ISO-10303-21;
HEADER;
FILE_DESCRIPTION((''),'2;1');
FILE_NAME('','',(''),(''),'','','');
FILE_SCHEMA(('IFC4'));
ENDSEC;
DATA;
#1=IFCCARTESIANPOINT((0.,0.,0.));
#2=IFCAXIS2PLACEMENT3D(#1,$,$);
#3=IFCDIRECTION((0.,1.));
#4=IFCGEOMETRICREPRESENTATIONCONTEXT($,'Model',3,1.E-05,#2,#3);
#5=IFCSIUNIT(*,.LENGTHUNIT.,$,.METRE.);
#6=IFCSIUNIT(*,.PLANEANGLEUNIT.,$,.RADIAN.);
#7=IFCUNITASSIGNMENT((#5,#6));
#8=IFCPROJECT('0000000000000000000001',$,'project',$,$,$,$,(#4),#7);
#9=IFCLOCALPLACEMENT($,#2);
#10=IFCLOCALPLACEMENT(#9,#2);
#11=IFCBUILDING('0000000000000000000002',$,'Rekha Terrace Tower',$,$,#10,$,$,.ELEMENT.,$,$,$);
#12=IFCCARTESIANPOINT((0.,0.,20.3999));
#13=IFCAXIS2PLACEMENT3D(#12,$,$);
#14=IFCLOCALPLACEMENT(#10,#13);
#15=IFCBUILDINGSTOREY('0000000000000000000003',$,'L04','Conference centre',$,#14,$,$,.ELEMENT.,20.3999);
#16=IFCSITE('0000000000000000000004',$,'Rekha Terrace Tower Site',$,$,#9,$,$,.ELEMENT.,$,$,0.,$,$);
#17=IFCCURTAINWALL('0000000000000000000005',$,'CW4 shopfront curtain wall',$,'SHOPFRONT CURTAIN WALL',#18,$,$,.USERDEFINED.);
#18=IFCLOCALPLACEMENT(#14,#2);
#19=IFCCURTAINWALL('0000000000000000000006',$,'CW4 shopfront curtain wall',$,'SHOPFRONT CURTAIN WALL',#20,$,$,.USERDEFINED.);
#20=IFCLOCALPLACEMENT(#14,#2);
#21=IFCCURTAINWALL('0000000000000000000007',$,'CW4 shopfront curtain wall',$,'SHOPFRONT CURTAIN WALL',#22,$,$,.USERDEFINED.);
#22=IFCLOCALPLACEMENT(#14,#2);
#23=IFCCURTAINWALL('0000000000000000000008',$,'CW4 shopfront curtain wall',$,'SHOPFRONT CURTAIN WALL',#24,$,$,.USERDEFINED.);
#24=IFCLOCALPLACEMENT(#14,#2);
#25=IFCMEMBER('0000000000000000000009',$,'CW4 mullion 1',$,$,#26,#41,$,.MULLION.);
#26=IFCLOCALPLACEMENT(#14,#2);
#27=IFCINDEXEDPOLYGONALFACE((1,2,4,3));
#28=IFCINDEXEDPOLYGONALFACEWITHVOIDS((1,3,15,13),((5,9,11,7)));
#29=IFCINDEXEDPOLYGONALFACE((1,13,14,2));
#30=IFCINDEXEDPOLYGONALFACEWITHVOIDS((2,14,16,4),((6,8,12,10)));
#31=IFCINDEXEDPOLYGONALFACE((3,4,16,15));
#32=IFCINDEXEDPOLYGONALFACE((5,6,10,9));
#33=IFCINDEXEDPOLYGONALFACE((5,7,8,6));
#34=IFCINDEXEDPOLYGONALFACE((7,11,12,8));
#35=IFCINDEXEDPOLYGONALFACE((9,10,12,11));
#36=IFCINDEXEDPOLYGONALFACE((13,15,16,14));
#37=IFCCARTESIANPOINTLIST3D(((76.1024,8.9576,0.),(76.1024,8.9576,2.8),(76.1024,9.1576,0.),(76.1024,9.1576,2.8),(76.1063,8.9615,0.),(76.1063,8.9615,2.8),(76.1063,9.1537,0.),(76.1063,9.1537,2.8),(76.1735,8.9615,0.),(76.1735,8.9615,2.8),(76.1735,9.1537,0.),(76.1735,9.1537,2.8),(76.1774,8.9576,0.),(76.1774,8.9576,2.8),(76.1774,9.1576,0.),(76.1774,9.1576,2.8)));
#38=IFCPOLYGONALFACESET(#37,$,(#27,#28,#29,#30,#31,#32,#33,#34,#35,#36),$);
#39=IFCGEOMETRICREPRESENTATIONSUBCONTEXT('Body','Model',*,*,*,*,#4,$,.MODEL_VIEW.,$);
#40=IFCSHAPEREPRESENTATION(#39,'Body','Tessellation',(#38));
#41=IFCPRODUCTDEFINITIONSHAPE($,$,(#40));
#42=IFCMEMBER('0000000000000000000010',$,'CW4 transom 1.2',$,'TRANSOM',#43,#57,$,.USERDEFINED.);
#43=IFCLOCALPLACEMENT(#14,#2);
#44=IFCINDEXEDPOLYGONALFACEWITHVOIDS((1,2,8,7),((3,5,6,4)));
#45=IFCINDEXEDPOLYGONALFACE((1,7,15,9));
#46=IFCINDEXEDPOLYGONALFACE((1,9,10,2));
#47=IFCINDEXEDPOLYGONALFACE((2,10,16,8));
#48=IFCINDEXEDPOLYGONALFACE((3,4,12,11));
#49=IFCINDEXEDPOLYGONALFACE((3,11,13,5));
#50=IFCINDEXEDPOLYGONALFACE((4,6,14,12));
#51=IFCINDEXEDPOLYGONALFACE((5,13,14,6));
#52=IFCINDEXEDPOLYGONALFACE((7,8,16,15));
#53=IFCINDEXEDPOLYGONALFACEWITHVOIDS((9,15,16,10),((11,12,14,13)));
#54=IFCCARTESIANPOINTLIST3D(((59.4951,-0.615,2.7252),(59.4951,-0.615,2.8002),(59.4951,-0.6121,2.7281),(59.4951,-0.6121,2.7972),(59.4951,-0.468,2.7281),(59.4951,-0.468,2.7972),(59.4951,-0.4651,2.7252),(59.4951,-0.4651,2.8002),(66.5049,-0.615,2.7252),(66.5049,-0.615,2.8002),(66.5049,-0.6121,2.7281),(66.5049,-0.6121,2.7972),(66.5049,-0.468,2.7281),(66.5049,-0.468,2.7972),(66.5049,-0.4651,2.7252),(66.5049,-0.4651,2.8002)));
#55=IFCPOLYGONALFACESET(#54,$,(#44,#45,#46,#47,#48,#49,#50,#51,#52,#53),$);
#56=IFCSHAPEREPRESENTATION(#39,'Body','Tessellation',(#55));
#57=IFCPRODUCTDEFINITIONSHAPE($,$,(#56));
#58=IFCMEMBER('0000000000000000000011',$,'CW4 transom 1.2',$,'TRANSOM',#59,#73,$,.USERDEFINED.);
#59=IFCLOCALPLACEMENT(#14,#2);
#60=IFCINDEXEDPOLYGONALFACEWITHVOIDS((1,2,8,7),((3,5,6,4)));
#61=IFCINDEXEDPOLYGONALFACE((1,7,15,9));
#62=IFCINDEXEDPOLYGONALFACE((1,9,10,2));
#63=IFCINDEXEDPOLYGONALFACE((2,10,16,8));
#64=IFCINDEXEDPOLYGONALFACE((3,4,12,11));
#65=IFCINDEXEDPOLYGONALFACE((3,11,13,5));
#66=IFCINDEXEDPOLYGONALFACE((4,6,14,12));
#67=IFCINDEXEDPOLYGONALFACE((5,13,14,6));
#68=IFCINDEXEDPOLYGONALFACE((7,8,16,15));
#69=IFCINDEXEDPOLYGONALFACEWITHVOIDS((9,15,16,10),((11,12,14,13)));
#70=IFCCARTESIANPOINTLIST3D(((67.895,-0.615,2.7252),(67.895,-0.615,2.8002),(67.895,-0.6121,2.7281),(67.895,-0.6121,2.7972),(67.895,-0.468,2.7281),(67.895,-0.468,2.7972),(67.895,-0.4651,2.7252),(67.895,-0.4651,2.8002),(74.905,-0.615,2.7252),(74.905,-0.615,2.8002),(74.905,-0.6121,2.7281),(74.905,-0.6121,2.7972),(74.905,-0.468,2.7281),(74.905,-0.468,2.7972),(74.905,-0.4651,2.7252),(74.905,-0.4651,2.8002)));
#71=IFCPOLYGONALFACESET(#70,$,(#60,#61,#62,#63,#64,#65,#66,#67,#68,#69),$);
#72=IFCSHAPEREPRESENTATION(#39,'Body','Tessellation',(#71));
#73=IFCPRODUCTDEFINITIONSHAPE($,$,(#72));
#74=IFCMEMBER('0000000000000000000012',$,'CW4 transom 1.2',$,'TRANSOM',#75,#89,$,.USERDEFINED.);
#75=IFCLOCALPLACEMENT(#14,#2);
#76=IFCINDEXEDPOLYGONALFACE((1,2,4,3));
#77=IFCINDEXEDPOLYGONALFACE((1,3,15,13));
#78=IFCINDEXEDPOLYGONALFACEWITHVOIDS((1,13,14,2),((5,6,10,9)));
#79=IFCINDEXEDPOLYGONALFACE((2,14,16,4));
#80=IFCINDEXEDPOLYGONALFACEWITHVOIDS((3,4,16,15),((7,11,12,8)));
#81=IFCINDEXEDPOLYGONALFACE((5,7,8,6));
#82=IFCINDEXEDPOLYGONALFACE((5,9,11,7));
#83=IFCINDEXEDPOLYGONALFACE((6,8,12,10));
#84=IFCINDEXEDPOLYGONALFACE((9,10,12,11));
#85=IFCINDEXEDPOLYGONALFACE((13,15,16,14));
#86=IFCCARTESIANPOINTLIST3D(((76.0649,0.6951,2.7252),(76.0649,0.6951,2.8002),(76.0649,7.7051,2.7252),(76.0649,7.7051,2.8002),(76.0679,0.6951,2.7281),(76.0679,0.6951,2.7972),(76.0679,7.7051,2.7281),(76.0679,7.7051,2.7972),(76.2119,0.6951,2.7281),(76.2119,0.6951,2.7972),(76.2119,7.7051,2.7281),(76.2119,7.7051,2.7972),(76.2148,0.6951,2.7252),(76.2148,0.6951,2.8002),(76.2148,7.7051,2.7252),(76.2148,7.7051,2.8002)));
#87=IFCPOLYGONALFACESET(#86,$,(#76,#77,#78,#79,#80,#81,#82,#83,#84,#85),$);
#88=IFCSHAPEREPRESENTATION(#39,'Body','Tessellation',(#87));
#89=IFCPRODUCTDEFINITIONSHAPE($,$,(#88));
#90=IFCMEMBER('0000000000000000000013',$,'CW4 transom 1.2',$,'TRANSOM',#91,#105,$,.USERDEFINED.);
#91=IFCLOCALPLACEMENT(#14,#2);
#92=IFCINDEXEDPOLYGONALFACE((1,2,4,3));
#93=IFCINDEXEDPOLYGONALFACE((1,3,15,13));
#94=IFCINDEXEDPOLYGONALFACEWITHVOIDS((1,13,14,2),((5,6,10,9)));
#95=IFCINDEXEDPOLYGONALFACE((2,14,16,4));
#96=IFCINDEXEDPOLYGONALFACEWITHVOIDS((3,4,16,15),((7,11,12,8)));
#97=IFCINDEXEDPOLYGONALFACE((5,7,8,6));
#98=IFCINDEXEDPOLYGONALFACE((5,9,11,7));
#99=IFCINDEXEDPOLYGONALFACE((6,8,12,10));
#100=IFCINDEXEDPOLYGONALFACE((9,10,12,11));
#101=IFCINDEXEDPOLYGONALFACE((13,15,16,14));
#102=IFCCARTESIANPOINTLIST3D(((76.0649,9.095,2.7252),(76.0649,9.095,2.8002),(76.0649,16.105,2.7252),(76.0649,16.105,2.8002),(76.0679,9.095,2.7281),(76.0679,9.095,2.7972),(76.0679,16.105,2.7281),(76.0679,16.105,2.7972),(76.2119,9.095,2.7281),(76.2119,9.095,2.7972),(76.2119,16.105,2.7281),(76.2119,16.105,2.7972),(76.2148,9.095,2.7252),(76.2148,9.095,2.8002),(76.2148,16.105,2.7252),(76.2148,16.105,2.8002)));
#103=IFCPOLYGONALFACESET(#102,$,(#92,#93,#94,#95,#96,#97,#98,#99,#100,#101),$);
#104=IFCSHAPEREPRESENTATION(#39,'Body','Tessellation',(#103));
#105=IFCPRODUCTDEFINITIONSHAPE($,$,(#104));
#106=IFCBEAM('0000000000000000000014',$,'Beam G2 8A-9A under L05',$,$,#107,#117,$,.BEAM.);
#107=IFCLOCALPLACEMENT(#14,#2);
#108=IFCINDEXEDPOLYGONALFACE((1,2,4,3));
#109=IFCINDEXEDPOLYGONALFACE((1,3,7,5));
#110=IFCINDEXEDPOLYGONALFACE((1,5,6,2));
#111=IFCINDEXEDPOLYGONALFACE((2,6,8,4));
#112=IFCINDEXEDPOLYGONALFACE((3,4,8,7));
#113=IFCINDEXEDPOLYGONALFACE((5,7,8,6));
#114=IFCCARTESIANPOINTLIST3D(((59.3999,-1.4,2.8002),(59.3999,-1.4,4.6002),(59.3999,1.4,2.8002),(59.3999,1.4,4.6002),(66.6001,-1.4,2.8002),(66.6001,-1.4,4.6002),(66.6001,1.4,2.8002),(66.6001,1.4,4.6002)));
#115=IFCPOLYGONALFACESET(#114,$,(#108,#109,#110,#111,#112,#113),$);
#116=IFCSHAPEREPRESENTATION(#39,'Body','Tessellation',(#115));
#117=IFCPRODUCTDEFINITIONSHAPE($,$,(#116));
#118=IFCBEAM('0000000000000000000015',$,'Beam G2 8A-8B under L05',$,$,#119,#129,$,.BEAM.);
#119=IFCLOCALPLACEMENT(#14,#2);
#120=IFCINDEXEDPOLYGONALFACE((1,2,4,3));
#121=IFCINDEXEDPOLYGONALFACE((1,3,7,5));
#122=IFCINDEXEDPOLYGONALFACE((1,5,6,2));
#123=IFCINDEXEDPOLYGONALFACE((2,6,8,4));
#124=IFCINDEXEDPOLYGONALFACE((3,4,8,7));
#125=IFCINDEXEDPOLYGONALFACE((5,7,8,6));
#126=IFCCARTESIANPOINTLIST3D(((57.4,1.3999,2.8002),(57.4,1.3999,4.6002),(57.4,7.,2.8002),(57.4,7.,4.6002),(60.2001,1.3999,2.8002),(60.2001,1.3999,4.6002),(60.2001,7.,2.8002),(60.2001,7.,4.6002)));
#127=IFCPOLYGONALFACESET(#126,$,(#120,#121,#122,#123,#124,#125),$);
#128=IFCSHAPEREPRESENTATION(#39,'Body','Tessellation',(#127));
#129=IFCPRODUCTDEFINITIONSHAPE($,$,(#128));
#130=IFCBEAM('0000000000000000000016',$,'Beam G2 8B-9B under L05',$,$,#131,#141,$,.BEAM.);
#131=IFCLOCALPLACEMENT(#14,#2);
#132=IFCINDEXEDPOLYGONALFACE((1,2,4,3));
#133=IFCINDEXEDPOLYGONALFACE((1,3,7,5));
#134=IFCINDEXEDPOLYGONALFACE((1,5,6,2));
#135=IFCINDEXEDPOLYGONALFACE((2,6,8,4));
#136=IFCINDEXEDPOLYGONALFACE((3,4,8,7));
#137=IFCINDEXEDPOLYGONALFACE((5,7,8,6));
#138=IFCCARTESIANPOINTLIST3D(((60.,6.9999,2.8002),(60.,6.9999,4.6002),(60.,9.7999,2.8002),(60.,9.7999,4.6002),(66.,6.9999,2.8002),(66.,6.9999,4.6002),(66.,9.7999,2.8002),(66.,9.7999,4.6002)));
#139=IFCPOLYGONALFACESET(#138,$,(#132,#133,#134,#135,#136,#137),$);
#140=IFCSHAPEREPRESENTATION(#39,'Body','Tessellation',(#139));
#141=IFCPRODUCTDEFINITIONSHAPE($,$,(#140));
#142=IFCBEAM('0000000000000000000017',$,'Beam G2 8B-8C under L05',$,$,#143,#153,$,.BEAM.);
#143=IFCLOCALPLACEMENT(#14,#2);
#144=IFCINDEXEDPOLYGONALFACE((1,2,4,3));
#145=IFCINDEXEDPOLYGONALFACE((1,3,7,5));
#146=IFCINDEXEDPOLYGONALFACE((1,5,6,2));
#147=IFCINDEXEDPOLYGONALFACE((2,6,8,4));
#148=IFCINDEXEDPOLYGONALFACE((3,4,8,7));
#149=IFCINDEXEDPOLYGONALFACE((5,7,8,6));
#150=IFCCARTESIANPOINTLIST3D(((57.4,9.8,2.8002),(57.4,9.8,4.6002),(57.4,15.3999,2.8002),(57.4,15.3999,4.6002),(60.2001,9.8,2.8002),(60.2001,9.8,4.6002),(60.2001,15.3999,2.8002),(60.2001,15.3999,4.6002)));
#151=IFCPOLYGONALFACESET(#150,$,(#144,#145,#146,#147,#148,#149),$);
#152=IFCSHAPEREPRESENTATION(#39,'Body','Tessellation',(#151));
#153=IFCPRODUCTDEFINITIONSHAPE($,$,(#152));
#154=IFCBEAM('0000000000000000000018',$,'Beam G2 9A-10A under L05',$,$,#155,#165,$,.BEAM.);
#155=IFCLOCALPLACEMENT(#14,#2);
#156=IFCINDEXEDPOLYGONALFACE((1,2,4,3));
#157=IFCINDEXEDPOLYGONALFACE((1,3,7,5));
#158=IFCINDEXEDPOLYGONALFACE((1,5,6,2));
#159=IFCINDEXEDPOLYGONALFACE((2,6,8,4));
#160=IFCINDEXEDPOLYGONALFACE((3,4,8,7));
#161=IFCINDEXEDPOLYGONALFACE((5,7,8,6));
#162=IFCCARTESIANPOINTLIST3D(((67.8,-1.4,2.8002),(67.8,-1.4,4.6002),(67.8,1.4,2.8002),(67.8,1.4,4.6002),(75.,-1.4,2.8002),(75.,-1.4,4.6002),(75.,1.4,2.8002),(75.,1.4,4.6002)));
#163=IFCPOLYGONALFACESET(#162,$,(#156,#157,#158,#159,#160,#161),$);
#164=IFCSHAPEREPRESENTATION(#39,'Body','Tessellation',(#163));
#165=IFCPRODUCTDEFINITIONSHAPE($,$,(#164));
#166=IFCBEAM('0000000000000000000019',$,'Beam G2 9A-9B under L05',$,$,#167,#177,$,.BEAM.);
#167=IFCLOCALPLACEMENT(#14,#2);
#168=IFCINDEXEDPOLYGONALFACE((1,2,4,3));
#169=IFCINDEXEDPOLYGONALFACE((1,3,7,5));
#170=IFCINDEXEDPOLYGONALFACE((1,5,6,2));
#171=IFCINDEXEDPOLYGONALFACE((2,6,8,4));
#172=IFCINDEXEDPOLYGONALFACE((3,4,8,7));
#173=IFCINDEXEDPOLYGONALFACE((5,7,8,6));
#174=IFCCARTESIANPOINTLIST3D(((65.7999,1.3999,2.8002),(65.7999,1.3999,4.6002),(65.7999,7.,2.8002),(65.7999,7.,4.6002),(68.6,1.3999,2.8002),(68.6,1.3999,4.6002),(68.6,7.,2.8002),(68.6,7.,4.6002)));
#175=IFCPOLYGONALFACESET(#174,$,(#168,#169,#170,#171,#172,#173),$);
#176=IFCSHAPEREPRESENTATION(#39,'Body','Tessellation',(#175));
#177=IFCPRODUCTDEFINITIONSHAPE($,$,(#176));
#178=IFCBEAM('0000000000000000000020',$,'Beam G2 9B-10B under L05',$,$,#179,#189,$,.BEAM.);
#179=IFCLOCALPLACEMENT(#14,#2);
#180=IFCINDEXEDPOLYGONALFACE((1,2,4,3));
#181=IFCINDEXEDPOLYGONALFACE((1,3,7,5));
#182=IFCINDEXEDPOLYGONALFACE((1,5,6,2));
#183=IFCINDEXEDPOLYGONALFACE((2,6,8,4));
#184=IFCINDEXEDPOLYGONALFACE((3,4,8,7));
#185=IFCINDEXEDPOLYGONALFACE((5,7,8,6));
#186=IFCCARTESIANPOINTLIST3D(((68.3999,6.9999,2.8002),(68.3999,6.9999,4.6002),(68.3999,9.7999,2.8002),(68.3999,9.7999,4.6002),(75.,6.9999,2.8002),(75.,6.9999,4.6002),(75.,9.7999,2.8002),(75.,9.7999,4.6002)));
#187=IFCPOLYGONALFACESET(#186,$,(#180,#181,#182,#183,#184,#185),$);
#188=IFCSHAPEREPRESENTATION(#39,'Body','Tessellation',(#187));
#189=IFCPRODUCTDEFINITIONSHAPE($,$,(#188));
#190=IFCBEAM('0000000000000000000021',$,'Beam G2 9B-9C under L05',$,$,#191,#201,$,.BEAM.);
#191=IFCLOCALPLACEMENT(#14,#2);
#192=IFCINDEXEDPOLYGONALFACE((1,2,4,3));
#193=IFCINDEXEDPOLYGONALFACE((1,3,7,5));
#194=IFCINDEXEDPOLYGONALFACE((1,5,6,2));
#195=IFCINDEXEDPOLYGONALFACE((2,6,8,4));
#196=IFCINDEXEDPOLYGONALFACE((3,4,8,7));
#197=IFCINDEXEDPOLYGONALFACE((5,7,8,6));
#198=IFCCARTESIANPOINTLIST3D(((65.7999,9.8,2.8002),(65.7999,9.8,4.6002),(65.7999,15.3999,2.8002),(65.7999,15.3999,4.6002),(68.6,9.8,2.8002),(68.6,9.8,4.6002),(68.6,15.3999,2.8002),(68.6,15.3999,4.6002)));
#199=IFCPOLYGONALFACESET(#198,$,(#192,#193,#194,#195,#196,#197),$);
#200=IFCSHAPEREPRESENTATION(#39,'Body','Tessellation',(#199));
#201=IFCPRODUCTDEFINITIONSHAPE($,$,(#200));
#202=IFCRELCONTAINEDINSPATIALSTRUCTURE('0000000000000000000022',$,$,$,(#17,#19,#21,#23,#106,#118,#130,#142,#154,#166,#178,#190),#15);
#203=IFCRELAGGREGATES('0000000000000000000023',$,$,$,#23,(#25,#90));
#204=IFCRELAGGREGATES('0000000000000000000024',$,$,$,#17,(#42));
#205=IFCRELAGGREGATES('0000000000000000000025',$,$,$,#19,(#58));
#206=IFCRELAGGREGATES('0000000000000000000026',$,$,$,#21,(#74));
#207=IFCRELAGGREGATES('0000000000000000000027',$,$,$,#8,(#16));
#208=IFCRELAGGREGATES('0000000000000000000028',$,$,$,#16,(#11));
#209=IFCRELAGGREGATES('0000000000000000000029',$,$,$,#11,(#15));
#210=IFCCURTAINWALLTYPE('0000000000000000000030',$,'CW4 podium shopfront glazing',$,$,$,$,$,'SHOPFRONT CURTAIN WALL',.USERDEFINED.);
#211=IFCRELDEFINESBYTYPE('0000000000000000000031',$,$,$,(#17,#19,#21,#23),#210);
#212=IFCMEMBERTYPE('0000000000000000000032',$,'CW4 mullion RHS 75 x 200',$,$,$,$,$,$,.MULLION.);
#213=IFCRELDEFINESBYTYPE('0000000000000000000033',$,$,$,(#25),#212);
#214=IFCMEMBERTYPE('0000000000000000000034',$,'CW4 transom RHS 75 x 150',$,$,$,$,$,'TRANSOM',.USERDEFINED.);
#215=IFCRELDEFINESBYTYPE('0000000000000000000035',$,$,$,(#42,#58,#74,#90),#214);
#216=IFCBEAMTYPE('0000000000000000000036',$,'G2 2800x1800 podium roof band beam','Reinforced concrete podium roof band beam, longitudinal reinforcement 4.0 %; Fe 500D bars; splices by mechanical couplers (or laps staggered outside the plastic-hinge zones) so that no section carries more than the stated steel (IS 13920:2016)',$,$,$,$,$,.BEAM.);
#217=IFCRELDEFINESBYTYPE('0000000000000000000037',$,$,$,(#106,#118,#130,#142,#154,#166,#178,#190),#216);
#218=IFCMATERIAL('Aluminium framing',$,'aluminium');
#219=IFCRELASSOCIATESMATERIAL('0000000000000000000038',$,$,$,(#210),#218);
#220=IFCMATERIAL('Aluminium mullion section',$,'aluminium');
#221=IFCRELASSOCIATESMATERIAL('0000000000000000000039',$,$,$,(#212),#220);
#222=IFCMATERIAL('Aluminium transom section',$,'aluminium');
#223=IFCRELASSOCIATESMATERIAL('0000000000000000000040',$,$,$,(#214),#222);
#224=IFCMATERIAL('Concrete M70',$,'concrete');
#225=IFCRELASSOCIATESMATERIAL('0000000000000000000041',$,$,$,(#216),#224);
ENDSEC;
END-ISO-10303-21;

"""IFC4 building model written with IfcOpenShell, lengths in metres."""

from ifc_helpers import new_model, si_unit, direction, frame, origin, origin_2d, place, context, subcontext, project, spatial, rectangle, hollow_rectangle, extrude, material, material_profile, profile_set, type_object, element, aggregate, save


model = new_model("IFC4")

# Units and contexts
model_context = context("Model", 3, precision=1e-05, world=origin(), true_north=direction((0.0, 1.0)))
body_context = subcontext(model_context, "Body", "Model", "MODEL_VIEW")
ifc_project = project(units=[si_unit("LENGTHUNIT", "METRE"), si_unit("PLANEANGLEUNIT", "RADIAN")], contexts=[model_context])

# Site, building, storey
site_placement = place(None, origin())
site = spatial("IfcSite", under=ifc_project, at=site_placement, Name="Rekha Terrace Tower Site", CompositionType="ELEMENT", RefElevation=0.0)
building_placement = place(site_placement, origin())
building = spatial("IfcBuilding", under=site, at=building_placement, Name="Rekha Terrace Tower", CompositionType="ELEMENT")
storey_placement = place(building_placement, frame((0.0, 0.0, 20.3999)))
storey = spatial("IfcBuildingStorey", under=building, at=storey_placement, Name="L04", Description="Conference centre", CompositionType="ELEMENT", Elevation=20.3999)

# Shared definitions
ifc_material_1 = material(Name="Concrete M70", Category="concrete")

# Shared definitions
ifc_material_2 = material(Name="Aluminium framing", Category="aluminium")
curtain_wall_type = type_object("IfcCurtainWallType", Name="CW4 podium shopfront glazing", ElementType="SHOPFRONT CURTAIN WALL", PredefinedType="USERDEFINED", material=ifc_material_2)
ifc_material_3 = material(Name="Aluminium mullion section", Category="aluminium")
ifc_material_profile_1 = material_profile(ifc_material_3, hollow_rectangle(XDim=0.075, YDim=0.2, WallThickness=0.0039, at=origin_2d()), Name="AL RHS 75x200")
ifc_profile_set_1 = profile_set([ifc_material_profile_1], Name="Aluminium mullion section")
member_type_1 = type_object("IfcMemberType", Name="CW4 mullion RHS 75 x 200", PredefinedType="MULLION", material=ifc_profile_set_1)

# Curtain walls
curtain_wall_1_placement = place(storey_placement, origin())
curtain_wall_1 = element("IfcCurtainWall", 1, at=curtain_wall_1_placement, inside=storey, type_object=curtain_wall_type, Name="CW4 shopfront curtain wall", ObjectType="SHOPFRONT CURTAIN WALL", PredefinedType="USERDEFINED")
curtain_wall_2_placement = place(storey_placement, origin())
curtain_wall_2 = element("IfcCurtainWall", 2, at=curtain_wall_2_placement, inside=storey, type_object=curtain_wall_type, Name="CW4 shopfront curtain wall", ObjectType="SHOPFRONT CURTAIN WALL", PredefinedType="USERDEFINED")
curtain_wall_3_placement = place(storey_placement, origin())
curtain_wall_3 = element("IfcCurtainWall", 3, at=curtain_wall_3_placement, inside=storey, type_object=curtain_wall_type, Name="CW4 shopfront curtain wall", ObjectType="SHOPFRONT CURTAIN WALL", PredefinedType="USERDEFINED")

# Curtain wall, member
curtain_wall_4_placement = place(storey_placement, origin())
curtain_wall_4 = element("IfcCurtainWall", 4, at=curtain_wall_4_placement, inside=storey, type_object=curtain_wall_type, Name="CW4 shopfront curtain wall", ObjectType="SHOPFRONT CURTAIN WALL", PredefinedType="USERDEFINED")
member_1_placement = place(storey_placement, frame((76.1399, 9.0576, 0.0), z_axis=(0.0, 0.0, 1.0), x_axis=(-1.0, 0.0, 0.0)))
member_1 = element("IfcMember", 5, at=member_1_placement, type_object=member_type_1, Name="CW4 mullion 1", PredefinedType="MULLION", context=body_context, shape_type="SweptSolid", body=[
    extrude(hollow_rectangle(XDim=0.075, YDim=0.2, WallThickness=0.0039, at=origin_2d()), origin(), (0.0, 0.0, 1.0), 2.8),
])

# Members
ifc_material_4 = material(Name="Aluminium transom section", Category="aluminium")
ifc_material_profile_2 = material_profile(ifc_material_4, hollow_rectangle(XDim=0.1499, YDim=0.075, WallThickness=0.0029, at=origin_2d()), Name="AL RHS 150x75")
ifc_profile_set_2 = profile_set([ifc_material_profile_2], Name="Aluminium transom section")
member_type_2 = type_object("IfcMemberType", Name="CW4 transom RHS 75 x 150", ElementType="TRANSOM", PredefinedType="USERDEFINED", material=ifc_profile_set_2)
member_2_placement = place(storey_placement, frame((59.4951, -0.54, 2.7627), z_axis=(1.0, 0.0, 0.0), x_axis=(0.0, 1.0, 0.0)))
member_2 = element("IfcMember", 6, at=member_2_placement, type_object=member_type_2, Name="CW4 transom 1.2", ObjectType="TRANSOM", PredefinedType="USERDEFINED", context=body_context, shape_type="SweptSolid", body=[
    extrude(hollow_rectangle(XDim=0.1499, YDim=0.075, WallThickness=0.0029, at=origin_2d()), origin(), (0.0, 0.0, 1.0), 7.0098),
])
member_3_placement = place(storey_placement, frame((67.895, -0.54, 2.7627), z_axis=(1.0, 0.0, 0.0), x_axis=(0.0, 1.0, 0.0)))
member_3 = element("IfcMember", 7, at=member_3_placement, type_object=member_type_2, Name="CW4 transom 1.2", ObjectType="TRANSOM", PredefinedType="USERDEFINED", context=body_context, shape_type="SweptSolid", body=[
    extrude(hollow_rectangle(XDim=0.1499, YDim=0.075, WallThickness=0.0029, at=origin_2d()), origin(), (0.0, 0.0, 1.0), 7.01),
])
member_4_placement = place(storey_placement, frame((76.1399, 0.6951, 2.7627), z_axis=(0.0, 1.0, 0.0), x_axis=(-1.0, 0.0, 0.0)))
member_4 = element("IfcMember", 8, at=member_4_placement, type_object=member_type_2, Name="CW4 transom 1.2", ObjectType="TRANSOM", PredefinedType="USERDEFINED", context=body_context, shape_type="SweptSolid", body=[
    extrude(hollow_rectangle(XDim=0.1499, YDim=0.075, WallThickness=0.0029, at=origin_2d()), origin(), (0.0, 0.0, 1.0), 7.01),
])
member_5_placement = place(storey_placement, frame((76.1399, 9.095, 2.7627), z_axis=(0.0, 1.0, 0.0), x_axis=(-1.0, 0.0, 0.0)))
member_5 = element("IfcMember", 9, at=member_5_placement, type_object=member_type_2, Name="CW4 transom 1.2", ObjectType="TRANSOM", PredefinedType="USERDEFINED", context=body_context, shape_type="SweptSolid", body=[
    extrude(hollow_rectangle(XDim=0.1499, YDim=0.075, WallThickness=0.0029, at=origin_2d()), origin(), (0.0, 0.0, 1.0), 7.01),
])
aggregate(curtain_wall_4, [member_1, member_5])

# Beams
ifc_material_profile_3 = material_profile(ifc_material_1, rectangle(XDim=2.8, YDim=1.8, at=origin_2d()), Name="RC 2800x1800")
ifc_profile_set_3 = profile_set([ifc_material_profile_3], Name="Concrete M70")
beam_type = type_object("IfcBeamType", Name="G2 2800x1800 podium roof band beam", Description="Reinforced concrete podium roof band beam, longitudinal reinforcement 4.0 %; Fe 500D bars; splices by mechanical couplers (or laps staggered outside the plastic-hinge zones) so that no section carries more than the stated steel (IS 13920:2016)", PredefinedType="BEAM", material=ifc_profile_set_3)
beam_1_placement = place(storey_placement, frame((59.3999, 0.0, 3.7002), z_axis=(1.0, 0.0, 0.0), x_axis=(0.0, 1.0, 0.0)))
element("IfcBeam", 10, at=beam_1_placement, inside=storey, type_object=beam_type, Name="Beam G2 8A-9A under L05", PredefinedType="BEAM", context=body_context, shape_type="SweptSolid", body=[
    extrude(rectangle(XDim=2.8, YDim=1.8, at=origin_2d()), origin(), (0.0, 0.0, 1.0), 7.2002),
])
beam_2_placement = place(storey_placement, frame((58.8, 1.3999, 3.7002), z_axis=(0.0, 1.0, 0.0), x_axis=(-1.0, 0.0, 0.0)))
element("IfcBeam", 11, at=beam_2_placement, inside=storey, type_object=beam_type, Name="Beam G2 8A-8B under L05", PredefinedType="BEAM", context=body_context, shape_type="SweptSolid", body=[
    extrude(rectangle(XDim=2.8, YDim=1.8, at=origin_2d()), origin(), (0.0, 0.0, 1.0), 5.6001),
])
beam_3_placement = place(storey_placement, frame((60.0, 8.3999, 3.7002), z_axis=(1.0, 0.0, 0.0), x_axis=(0.0, 1.0, 0.0)))
element("IfcBeam", 12, at=beam_3_placement, inside=storey, type_object=beam_type, Name="Beam G2 8B-9B under L05", PredefinedType="BEAM", context=body_context, shape_type="SweptSolid", body=[
    extrude(rectangle(XDim=2.8, YDim=1.8, at=origin_2d()), origin(), (0.0, 0.0, 1.0), 6.0),
])
beam_4_placement = place(storey_placement, frame((58.8, 9.8, 3.7002), z_axis=(0.0, 1.0, 0.0), x_axis=(-1.0, 0.0, 0.0)))
element("IfcBeam", 13, at=beam_4_placement, inside=storey, type_object=beam_type, Name="Beam G2 8B-8C under L05", PredefinedType="BEAM", context=body_context, shape_type="SweptSolid", body=[
    extrude(rectangle(XDim=2.8, YDim=1.8, at=origin_2d()), origin(), (0.0, 0.0, 1.0), 5.5999),
])
beam_5_placement = place(storey_placement, frame((67.8, 0.0, 3.7002), z_axis=(1.0, 0.0, 0.0), x_axis=(0.0, 1.0, 0.0)))
element("IfcBeam", 14, at=beam_5_placement, inside=storey, type_object=beam_type, Name="Beam G2 9A-10A under L05", PredefinedType="BEAM", context=body_context, shape_type="SweptSolid", body=[
    extrude(rectangle(XDim=2.8, YDim=1.8, at=origin_2d()), origin(), (0.0, 0.0, 1.0), 7.2),
])
beam_6_placement = place(storey_placement, frame((67.2, 1.3999, 3.7002), z_axis=(0.0, 1.0, 0.0), x_axis=(-1.0, 0.0, 0.0)))
element("IfcBeam", 15, at=beam_6_placement, inside=storey, type_object=beam_type, Name="Beam G2 9A-9B under L05", PredefinedType="BEAM", context=body_context, shape_type="SweptSolid", body=[
    extrude(rectangle(XDim=2.8, YDim=1.8, at=origin_2d()), origin(), (0.0, 0.0, 1.0), 5.6001),
])
beam_7_placement = place(storey_placement, frame((68.3999, 8.3999, 3.7002), z_axis=(1.0, 0.0, 0.0), x_axis=(0.0, 1.0, 0.0)))
element("IfcBeam", 16, at=beam_7_placement, inside=storey, type_object=beam_type, Name="Beam G2 9B-10B under L05", PredefinedType="BEAM", context=body_context, shape_type="SweptSolid", body=[
    extrude(rectangle(XDim=2.8, YDim=1.8, at=origin_2d()), origin(), (0.0, 0.0, 1.0), 6.6001),
])
beam_8_placement = place(storey_placement, frame((67.2, 9.8, 3.7002), z_axis=(0.0, 1.0, 0.0), x_axis=(-1.0, 0.0, 0.0)))
element("IfcBeam", 17, at=beam_8_placement, inside=storey, type_object=beam_type, Name="Beam G2 9B-9C under L05", PredefinedType="BEAM", context=body_context, shape_type="SweptSolid", body=[
    extrude(rectangle(XDim=2.8, YDim=1.8, at=origin_2d()), origin(), (0.0, 0.0, 1.0), 5.5999),
])

aggregate(curtain_wall_1, [member_2])
aggregate(curtain_wall_2, [member_3])
aggregate(curtain_wall_3, [member_4])

save(model, "model.ifc")
